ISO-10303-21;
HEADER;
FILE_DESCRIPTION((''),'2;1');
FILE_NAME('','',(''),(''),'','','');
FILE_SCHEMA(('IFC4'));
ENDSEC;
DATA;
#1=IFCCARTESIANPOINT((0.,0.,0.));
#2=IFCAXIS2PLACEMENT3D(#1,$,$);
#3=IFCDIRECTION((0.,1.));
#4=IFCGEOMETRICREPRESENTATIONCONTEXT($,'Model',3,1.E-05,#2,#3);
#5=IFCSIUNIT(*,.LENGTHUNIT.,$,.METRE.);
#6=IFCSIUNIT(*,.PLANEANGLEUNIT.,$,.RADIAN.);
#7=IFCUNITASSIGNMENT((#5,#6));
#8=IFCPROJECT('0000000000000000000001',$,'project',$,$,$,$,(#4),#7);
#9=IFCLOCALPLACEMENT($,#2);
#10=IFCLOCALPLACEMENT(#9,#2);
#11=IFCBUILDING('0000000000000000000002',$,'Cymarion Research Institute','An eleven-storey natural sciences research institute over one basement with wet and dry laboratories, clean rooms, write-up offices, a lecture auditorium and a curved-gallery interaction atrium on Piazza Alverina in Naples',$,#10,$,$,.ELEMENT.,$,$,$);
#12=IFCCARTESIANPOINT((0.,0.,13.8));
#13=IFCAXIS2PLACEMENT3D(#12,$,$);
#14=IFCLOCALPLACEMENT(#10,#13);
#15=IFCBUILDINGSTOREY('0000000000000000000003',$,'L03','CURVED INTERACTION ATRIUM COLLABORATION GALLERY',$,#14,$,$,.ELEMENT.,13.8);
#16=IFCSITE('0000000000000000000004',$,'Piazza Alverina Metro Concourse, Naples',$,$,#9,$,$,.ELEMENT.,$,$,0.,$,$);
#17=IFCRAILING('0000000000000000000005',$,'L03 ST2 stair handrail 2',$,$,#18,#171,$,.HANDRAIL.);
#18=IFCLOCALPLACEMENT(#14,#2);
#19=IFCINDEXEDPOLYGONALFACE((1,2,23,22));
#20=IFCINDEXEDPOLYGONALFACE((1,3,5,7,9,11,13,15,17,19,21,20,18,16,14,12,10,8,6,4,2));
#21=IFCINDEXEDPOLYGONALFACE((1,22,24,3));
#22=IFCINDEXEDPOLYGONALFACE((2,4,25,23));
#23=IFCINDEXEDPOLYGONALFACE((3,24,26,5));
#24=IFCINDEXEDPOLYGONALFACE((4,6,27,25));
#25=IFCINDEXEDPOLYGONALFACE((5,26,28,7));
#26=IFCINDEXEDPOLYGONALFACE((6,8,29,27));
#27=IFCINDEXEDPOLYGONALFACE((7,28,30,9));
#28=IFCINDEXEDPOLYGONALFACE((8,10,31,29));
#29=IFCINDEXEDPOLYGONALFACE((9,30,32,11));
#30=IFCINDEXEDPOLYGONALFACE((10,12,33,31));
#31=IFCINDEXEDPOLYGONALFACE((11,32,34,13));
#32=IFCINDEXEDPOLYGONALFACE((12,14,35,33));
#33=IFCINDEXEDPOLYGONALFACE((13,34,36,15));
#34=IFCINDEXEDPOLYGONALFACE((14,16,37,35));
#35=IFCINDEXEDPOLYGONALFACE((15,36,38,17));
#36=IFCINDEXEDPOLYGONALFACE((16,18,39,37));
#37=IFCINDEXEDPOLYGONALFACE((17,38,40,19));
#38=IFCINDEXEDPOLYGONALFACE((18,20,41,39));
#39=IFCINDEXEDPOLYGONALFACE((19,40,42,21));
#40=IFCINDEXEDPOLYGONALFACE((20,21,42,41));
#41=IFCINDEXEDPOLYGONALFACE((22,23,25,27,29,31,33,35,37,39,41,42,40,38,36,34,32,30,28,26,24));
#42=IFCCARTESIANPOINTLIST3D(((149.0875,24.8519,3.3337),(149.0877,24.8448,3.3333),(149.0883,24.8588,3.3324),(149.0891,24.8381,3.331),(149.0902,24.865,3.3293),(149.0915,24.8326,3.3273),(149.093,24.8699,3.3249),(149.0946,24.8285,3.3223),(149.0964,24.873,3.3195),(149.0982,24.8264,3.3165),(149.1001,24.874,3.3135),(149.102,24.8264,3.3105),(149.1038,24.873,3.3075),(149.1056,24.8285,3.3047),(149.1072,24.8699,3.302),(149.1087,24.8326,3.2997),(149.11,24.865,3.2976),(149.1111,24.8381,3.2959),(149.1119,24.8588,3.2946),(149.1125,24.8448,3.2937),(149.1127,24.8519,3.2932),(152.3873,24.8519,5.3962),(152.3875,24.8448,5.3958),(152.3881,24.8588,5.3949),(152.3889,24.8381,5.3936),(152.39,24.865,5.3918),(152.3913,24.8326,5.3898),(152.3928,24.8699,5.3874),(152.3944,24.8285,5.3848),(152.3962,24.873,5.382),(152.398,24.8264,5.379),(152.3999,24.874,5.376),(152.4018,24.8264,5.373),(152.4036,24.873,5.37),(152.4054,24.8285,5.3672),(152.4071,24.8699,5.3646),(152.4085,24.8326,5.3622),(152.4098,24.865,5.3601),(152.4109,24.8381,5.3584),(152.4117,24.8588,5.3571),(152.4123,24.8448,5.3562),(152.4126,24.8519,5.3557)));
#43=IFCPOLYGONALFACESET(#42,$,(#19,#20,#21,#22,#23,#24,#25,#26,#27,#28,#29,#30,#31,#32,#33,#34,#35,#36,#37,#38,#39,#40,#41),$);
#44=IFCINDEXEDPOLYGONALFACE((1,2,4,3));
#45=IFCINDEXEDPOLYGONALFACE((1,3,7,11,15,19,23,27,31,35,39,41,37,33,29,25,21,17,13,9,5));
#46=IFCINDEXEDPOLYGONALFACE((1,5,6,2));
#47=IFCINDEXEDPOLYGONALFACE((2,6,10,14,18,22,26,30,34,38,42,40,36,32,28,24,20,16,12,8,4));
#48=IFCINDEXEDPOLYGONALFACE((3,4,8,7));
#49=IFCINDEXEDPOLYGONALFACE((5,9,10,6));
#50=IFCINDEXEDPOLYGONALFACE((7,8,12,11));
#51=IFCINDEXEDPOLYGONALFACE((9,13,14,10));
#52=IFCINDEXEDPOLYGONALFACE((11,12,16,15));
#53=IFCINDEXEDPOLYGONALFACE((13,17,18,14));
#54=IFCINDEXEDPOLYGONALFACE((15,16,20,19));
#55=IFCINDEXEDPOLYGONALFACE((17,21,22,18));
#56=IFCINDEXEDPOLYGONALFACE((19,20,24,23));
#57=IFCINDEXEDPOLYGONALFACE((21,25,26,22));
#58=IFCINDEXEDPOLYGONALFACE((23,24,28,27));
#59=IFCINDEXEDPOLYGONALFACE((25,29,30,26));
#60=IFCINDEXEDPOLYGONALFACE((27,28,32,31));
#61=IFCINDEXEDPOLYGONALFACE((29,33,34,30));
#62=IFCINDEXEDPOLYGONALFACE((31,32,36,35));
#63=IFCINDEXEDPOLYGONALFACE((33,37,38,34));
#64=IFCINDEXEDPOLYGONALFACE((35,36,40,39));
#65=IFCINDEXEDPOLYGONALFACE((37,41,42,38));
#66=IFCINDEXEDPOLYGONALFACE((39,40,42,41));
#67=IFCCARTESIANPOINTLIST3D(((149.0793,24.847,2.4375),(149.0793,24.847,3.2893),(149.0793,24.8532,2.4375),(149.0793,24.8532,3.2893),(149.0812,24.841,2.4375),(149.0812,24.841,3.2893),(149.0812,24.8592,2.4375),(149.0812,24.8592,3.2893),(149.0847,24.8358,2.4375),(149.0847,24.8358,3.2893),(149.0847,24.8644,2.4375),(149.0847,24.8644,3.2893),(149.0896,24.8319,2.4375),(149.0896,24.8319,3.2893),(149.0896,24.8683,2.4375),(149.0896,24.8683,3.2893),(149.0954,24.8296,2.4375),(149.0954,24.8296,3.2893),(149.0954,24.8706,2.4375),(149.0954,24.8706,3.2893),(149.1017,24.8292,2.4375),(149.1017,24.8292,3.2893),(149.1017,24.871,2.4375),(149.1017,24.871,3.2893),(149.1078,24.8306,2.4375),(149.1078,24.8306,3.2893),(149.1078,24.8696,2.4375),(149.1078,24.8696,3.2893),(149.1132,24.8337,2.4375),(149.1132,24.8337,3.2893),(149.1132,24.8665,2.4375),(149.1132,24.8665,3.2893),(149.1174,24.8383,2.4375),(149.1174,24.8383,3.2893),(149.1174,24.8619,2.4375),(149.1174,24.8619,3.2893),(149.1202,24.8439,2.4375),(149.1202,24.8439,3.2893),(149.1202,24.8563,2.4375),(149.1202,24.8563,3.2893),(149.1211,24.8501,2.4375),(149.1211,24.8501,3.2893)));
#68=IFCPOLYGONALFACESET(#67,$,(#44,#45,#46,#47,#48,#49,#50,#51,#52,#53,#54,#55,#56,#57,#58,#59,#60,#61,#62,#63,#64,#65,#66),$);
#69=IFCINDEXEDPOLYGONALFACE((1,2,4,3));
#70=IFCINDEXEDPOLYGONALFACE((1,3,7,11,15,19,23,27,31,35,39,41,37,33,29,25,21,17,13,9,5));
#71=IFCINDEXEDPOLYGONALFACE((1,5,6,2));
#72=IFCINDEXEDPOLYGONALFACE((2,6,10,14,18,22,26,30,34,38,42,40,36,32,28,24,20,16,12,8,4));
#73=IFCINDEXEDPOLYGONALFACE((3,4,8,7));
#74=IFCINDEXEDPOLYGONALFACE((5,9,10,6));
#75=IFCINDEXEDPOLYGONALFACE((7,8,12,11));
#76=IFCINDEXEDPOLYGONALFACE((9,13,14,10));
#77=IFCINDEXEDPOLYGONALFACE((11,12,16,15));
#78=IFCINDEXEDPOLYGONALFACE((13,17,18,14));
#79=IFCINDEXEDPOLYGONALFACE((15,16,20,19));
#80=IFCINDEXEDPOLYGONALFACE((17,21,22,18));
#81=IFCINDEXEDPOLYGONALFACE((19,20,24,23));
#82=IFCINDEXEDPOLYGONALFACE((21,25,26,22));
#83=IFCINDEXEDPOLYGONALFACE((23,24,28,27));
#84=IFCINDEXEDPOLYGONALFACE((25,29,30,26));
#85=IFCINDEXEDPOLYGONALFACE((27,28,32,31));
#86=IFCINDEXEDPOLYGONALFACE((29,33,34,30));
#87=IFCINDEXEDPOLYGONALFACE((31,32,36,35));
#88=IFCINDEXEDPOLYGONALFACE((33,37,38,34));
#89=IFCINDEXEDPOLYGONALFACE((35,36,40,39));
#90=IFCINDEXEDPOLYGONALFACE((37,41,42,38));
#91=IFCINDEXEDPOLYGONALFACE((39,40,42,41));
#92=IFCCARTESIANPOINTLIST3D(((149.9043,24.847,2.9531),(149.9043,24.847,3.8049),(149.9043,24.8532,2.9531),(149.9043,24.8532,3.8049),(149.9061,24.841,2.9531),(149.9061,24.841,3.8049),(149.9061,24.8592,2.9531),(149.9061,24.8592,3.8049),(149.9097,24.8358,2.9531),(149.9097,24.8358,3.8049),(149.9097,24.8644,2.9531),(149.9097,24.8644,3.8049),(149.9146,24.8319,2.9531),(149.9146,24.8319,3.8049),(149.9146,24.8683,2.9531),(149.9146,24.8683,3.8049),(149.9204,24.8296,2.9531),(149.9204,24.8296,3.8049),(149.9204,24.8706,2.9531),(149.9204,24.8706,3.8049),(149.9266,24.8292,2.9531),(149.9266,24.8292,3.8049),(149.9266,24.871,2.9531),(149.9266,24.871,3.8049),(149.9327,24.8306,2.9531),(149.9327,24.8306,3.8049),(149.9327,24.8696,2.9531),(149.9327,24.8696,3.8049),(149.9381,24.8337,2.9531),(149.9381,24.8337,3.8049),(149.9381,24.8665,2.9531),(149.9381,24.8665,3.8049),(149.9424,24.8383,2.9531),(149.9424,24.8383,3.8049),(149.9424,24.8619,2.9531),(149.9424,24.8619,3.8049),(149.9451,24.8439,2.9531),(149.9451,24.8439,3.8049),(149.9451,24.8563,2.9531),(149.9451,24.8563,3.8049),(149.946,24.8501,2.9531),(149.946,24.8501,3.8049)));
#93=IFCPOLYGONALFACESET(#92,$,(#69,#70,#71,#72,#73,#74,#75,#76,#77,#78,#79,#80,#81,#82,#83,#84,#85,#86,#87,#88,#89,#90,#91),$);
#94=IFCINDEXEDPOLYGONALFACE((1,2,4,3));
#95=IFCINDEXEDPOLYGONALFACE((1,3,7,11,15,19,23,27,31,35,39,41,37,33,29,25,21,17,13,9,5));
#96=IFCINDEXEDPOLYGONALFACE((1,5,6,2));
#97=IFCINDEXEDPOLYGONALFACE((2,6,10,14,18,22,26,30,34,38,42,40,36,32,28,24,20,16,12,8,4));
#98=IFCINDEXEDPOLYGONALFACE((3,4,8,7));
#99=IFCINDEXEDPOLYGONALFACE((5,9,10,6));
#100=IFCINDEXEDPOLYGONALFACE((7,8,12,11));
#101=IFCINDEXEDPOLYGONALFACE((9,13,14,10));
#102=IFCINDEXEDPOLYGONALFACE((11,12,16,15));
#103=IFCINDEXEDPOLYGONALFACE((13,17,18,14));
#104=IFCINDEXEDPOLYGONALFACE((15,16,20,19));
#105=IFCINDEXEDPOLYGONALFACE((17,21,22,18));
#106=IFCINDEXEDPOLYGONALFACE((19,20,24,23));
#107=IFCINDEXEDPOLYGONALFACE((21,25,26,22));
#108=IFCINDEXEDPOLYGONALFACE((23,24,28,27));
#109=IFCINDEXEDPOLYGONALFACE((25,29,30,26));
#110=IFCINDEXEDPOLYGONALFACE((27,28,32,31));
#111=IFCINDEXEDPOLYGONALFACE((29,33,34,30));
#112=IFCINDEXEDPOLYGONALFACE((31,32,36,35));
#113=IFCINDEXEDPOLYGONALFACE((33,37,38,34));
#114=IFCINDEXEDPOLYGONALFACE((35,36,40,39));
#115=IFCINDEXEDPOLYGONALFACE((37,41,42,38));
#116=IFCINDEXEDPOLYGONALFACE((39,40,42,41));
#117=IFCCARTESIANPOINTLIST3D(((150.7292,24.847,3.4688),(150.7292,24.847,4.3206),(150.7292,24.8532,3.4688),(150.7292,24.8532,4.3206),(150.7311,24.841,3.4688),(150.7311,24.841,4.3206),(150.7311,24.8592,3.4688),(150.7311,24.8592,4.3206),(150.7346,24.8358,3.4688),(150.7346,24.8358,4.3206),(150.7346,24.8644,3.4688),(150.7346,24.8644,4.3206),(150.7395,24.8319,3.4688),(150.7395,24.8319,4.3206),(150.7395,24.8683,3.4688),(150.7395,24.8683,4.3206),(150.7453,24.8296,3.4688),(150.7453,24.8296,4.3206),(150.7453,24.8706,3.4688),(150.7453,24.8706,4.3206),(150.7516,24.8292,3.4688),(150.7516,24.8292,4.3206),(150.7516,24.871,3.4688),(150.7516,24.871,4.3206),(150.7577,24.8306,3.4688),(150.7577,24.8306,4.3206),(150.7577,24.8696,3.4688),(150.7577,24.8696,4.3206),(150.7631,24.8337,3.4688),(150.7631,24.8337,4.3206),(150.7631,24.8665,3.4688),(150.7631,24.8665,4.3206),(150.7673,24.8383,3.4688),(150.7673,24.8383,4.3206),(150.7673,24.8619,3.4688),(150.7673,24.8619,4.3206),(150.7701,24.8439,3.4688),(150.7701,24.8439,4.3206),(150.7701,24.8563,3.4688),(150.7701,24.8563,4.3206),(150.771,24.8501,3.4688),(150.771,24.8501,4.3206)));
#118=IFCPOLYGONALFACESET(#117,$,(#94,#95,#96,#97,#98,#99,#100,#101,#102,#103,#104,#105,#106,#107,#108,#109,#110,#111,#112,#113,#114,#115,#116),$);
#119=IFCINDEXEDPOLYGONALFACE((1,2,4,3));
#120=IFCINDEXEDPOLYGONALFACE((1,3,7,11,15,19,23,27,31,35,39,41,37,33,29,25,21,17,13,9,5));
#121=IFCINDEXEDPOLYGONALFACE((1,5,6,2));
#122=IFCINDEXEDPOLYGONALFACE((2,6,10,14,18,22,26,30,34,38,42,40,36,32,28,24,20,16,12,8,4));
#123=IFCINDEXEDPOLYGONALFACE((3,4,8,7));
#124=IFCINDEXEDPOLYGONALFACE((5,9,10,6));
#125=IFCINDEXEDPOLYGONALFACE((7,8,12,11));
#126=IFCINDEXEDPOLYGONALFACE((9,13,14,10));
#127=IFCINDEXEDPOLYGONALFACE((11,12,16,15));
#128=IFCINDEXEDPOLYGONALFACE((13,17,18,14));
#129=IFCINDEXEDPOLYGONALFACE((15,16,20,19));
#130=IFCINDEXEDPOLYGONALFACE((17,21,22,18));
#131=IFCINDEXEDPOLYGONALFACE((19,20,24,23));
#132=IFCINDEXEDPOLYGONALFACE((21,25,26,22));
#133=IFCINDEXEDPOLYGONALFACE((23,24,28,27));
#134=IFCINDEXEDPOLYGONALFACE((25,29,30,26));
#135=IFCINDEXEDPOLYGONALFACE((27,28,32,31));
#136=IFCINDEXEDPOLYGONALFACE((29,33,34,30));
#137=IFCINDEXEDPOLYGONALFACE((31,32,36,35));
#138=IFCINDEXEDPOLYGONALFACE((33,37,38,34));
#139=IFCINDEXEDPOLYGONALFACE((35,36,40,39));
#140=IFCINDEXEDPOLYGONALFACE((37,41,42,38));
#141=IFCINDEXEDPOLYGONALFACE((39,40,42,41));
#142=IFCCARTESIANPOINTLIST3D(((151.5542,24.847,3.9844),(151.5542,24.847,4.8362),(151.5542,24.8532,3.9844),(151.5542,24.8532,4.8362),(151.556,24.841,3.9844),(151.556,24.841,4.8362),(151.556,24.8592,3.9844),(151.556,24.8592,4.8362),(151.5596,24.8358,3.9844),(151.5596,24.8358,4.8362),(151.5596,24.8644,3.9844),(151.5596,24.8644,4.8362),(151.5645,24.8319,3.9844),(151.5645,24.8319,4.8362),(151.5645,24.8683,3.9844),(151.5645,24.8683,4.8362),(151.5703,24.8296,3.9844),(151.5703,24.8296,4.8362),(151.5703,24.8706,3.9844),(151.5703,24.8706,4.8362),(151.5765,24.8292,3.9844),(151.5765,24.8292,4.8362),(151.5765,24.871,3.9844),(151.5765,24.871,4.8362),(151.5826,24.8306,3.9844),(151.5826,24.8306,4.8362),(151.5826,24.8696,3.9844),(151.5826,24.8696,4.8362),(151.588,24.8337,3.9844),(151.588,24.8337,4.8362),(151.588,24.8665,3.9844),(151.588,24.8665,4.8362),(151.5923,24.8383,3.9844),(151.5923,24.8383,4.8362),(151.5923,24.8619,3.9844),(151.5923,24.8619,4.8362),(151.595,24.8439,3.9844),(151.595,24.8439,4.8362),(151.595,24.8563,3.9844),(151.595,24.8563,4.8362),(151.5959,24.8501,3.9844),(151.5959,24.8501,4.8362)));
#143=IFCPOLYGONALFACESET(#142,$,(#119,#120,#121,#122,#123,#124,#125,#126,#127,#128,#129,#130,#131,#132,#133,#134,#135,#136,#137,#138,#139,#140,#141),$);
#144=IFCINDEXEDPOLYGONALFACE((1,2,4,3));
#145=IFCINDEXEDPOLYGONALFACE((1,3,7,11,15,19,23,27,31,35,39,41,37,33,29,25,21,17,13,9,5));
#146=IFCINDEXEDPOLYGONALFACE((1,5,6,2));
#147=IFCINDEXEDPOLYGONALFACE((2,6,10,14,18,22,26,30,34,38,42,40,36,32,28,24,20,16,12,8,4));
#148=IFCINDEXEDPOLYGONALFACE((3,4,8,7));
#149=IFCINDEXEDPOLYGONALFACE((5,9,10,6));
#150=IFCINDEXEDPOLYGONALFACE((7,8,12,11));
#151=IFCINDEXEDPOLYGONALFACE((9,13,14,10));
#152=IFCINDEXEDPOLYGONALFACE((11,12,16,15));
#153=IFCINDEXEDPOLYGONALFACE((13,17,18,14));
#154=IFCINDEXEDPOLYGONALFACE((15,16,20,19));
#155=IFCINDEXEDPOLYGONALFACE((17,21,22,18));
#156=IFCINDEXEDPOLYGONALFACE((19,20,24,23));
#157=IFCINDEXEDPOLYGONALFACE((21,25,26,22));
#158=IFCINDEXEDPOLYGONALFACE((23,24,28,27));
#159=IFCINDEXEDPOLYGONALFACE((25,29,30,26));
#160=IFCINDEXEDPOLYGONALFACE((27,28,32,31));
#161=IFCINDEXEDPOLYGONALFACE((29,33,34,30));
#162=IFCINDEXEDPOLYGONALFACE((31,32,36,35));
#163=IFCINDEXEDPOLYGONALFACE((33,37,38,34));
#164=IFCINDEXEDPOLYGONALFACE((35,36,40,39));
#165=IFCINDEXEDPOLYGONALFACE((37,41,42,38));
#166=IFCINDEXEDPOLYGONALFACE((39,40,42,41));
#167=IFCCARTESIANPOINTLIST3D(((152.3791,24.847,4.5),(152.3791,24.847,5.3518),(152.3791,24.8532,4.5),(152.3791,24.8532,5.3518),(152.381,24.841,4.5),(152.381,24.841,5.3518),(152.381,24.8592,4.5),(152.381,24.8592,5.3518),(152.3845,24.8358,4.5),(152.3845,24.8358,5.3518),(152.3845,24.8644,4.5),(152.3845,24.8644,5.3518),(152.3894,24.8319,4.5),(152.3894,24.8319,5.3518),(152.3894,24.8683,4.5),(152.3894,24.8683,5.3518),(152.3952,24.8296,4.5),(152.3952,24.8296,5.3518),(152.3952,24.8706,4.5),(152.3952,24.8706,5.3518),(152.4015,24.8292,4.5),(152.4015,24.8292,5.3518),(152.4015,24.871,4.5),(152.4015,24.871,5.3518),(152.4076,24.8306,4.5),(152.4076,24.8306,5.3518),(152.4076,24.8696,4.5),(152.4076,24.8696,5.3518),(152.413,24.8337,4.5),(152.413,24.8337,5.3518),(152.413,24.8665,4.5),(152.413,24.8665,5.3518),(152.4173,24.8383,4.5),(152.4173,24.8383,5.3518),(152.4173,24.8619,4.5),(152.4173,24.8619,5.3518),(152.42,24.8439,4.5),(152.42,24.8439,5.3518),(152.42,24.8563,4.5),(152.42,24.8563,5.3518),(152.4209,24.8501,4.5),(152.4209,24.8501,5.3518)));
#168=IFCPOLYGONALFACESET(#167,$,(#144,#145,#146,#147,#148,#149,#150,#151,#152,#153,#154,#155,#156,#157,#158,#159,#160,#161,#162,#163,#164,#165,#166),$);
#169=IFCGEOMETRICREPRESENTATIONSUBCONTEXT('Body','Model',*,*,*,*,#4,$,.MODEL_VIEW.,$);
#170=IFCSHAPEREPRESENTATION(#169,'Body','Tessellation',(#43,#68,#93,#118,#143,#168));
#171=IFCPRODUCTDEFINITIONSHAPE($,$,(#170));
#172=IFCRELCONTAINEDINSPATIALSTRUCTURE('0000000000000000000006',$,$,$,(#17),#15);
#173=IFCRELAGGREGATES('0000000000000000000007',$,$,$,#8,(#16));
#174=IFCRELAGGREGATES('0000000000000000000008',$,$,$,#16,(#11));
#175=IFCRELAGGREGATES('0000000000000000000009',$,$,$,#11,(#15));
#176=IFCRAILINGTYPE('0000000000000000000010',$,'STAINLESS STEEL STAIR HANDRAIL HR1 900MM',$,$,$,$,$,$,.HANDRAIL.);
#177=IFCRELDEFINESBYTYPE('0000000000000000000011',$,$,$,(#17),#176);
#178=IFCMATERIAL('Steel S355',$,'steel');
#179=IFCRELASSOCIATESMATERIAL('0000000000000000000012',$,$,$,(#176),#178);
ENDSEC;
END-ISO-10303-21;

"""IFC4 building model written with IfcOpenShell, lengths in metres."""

from ifc_helpers import new_model, si_unit, direction, frame, origin, origin_2d, place, context, subcontext, project, spatial, circle, extrude, material, type_object, element, save


model = new_model("IFC4")

# Units and contexts
model_context = context("Model", 3, precision=1e-05, world=origin(), true_north=direction((0.0, 1.0)))
body_context = subcontext(model_context, "Body", "Model", "MODEL_VIEW")
ifc_project = project(units=[si_unit("LENGTHUNIT", "METRE"), si_unit("PLANEANGLEUNIT", "RADIAN")], contexts=[model_context])

# Site, building, storey
site_placement = place(None, origin())
site = spatial("IfcSite", under=ifc_project, at=site_placement, Name="Piazza Alverina Metro Concourse, Naples", CompositionType="ELEMENT", RefElevation=0.0)
building_placement = place(site_placement, origin())
building = spatial("IfcBuilding", under=site, at=building_placement, Name="Cymarion Research Institute", Description="An eleven-storey natural sciences research institute over one basement with wet and dry laboratories, clean rooms, write-up offices, a lecture auditorium and a curved-gallery interaction atrium on Piazza Alverina in Naples", CompositionType="ELEMENT")
storey_placement = place(building_placement, frame((0.0, 0.0, 13.8)))
storey = spatial("IfcBuildingStorey", under=building, at=storey_placement, Name="L03", Description="CURVED INTERACTION ATRIUM COLLABORATION GALLERY", CompositionType="ELEMENT", Elevation=13.8)

# Shared definitions
ifc_material_1 = material(Name="Steel S355", Category="steel")

# Railing
railing_type = type_object("IfcRailingType", Name="STAINLESS STEEL STAIR HANDRAIL HR1 900MM", PredefinedType="HANDRAIL", material=ifc_material_1)
railing_placement = place(storey_placement, frame((149.1001, 24.8501, 2.4375)))
element("IfcRailing", 1, at=railing_placement, inside=storey, type_object=railing_type, Name="L03 ST2 stair handrail 2", PredefinedType="HANDRAIL", context=body_context, shape_type="SweptSolid", body=[
    extrude(circle(Radius=0.0239, at=origin_2d()), frame((0.0, 0.0, 0.876), z_axis=(0.847984, 0.0, 0.530021), x_axis=(0.0, 1.0, 0.0)), (0.0, 0.0, 1.0), 3.8914),
    extrude(circle(Radius=0.021, at=origin_2d()), origin(), (0.0, 0.0, 1.0), 0.8518),
    extrude(circle(Radius=0.021, at=origin_2d()), frame((0.825, 0.0, 0.5156)), (0.0, 0.0, 1.0), 0.8518),
    extrude(circle(Radius=0.021, at=origin_2d()), frame((1.6499, 0.0, 1.0312)), (0.0, 0.0, 1.0), 0.8518),
    extrude(circle(Radius=0.021, at=origin_2d()), frame((2.4749, 0.0, 1.5469)), (0.0, 0.0, 1.0), 0.8518),
    extrude(circle(Radius=0.021, at=origin_2d()), frame((3.2998, 0.0, 2.0625)), (0.0, 0.0, 1.0), 0.8518),
])

save(model, "model.ifc")
